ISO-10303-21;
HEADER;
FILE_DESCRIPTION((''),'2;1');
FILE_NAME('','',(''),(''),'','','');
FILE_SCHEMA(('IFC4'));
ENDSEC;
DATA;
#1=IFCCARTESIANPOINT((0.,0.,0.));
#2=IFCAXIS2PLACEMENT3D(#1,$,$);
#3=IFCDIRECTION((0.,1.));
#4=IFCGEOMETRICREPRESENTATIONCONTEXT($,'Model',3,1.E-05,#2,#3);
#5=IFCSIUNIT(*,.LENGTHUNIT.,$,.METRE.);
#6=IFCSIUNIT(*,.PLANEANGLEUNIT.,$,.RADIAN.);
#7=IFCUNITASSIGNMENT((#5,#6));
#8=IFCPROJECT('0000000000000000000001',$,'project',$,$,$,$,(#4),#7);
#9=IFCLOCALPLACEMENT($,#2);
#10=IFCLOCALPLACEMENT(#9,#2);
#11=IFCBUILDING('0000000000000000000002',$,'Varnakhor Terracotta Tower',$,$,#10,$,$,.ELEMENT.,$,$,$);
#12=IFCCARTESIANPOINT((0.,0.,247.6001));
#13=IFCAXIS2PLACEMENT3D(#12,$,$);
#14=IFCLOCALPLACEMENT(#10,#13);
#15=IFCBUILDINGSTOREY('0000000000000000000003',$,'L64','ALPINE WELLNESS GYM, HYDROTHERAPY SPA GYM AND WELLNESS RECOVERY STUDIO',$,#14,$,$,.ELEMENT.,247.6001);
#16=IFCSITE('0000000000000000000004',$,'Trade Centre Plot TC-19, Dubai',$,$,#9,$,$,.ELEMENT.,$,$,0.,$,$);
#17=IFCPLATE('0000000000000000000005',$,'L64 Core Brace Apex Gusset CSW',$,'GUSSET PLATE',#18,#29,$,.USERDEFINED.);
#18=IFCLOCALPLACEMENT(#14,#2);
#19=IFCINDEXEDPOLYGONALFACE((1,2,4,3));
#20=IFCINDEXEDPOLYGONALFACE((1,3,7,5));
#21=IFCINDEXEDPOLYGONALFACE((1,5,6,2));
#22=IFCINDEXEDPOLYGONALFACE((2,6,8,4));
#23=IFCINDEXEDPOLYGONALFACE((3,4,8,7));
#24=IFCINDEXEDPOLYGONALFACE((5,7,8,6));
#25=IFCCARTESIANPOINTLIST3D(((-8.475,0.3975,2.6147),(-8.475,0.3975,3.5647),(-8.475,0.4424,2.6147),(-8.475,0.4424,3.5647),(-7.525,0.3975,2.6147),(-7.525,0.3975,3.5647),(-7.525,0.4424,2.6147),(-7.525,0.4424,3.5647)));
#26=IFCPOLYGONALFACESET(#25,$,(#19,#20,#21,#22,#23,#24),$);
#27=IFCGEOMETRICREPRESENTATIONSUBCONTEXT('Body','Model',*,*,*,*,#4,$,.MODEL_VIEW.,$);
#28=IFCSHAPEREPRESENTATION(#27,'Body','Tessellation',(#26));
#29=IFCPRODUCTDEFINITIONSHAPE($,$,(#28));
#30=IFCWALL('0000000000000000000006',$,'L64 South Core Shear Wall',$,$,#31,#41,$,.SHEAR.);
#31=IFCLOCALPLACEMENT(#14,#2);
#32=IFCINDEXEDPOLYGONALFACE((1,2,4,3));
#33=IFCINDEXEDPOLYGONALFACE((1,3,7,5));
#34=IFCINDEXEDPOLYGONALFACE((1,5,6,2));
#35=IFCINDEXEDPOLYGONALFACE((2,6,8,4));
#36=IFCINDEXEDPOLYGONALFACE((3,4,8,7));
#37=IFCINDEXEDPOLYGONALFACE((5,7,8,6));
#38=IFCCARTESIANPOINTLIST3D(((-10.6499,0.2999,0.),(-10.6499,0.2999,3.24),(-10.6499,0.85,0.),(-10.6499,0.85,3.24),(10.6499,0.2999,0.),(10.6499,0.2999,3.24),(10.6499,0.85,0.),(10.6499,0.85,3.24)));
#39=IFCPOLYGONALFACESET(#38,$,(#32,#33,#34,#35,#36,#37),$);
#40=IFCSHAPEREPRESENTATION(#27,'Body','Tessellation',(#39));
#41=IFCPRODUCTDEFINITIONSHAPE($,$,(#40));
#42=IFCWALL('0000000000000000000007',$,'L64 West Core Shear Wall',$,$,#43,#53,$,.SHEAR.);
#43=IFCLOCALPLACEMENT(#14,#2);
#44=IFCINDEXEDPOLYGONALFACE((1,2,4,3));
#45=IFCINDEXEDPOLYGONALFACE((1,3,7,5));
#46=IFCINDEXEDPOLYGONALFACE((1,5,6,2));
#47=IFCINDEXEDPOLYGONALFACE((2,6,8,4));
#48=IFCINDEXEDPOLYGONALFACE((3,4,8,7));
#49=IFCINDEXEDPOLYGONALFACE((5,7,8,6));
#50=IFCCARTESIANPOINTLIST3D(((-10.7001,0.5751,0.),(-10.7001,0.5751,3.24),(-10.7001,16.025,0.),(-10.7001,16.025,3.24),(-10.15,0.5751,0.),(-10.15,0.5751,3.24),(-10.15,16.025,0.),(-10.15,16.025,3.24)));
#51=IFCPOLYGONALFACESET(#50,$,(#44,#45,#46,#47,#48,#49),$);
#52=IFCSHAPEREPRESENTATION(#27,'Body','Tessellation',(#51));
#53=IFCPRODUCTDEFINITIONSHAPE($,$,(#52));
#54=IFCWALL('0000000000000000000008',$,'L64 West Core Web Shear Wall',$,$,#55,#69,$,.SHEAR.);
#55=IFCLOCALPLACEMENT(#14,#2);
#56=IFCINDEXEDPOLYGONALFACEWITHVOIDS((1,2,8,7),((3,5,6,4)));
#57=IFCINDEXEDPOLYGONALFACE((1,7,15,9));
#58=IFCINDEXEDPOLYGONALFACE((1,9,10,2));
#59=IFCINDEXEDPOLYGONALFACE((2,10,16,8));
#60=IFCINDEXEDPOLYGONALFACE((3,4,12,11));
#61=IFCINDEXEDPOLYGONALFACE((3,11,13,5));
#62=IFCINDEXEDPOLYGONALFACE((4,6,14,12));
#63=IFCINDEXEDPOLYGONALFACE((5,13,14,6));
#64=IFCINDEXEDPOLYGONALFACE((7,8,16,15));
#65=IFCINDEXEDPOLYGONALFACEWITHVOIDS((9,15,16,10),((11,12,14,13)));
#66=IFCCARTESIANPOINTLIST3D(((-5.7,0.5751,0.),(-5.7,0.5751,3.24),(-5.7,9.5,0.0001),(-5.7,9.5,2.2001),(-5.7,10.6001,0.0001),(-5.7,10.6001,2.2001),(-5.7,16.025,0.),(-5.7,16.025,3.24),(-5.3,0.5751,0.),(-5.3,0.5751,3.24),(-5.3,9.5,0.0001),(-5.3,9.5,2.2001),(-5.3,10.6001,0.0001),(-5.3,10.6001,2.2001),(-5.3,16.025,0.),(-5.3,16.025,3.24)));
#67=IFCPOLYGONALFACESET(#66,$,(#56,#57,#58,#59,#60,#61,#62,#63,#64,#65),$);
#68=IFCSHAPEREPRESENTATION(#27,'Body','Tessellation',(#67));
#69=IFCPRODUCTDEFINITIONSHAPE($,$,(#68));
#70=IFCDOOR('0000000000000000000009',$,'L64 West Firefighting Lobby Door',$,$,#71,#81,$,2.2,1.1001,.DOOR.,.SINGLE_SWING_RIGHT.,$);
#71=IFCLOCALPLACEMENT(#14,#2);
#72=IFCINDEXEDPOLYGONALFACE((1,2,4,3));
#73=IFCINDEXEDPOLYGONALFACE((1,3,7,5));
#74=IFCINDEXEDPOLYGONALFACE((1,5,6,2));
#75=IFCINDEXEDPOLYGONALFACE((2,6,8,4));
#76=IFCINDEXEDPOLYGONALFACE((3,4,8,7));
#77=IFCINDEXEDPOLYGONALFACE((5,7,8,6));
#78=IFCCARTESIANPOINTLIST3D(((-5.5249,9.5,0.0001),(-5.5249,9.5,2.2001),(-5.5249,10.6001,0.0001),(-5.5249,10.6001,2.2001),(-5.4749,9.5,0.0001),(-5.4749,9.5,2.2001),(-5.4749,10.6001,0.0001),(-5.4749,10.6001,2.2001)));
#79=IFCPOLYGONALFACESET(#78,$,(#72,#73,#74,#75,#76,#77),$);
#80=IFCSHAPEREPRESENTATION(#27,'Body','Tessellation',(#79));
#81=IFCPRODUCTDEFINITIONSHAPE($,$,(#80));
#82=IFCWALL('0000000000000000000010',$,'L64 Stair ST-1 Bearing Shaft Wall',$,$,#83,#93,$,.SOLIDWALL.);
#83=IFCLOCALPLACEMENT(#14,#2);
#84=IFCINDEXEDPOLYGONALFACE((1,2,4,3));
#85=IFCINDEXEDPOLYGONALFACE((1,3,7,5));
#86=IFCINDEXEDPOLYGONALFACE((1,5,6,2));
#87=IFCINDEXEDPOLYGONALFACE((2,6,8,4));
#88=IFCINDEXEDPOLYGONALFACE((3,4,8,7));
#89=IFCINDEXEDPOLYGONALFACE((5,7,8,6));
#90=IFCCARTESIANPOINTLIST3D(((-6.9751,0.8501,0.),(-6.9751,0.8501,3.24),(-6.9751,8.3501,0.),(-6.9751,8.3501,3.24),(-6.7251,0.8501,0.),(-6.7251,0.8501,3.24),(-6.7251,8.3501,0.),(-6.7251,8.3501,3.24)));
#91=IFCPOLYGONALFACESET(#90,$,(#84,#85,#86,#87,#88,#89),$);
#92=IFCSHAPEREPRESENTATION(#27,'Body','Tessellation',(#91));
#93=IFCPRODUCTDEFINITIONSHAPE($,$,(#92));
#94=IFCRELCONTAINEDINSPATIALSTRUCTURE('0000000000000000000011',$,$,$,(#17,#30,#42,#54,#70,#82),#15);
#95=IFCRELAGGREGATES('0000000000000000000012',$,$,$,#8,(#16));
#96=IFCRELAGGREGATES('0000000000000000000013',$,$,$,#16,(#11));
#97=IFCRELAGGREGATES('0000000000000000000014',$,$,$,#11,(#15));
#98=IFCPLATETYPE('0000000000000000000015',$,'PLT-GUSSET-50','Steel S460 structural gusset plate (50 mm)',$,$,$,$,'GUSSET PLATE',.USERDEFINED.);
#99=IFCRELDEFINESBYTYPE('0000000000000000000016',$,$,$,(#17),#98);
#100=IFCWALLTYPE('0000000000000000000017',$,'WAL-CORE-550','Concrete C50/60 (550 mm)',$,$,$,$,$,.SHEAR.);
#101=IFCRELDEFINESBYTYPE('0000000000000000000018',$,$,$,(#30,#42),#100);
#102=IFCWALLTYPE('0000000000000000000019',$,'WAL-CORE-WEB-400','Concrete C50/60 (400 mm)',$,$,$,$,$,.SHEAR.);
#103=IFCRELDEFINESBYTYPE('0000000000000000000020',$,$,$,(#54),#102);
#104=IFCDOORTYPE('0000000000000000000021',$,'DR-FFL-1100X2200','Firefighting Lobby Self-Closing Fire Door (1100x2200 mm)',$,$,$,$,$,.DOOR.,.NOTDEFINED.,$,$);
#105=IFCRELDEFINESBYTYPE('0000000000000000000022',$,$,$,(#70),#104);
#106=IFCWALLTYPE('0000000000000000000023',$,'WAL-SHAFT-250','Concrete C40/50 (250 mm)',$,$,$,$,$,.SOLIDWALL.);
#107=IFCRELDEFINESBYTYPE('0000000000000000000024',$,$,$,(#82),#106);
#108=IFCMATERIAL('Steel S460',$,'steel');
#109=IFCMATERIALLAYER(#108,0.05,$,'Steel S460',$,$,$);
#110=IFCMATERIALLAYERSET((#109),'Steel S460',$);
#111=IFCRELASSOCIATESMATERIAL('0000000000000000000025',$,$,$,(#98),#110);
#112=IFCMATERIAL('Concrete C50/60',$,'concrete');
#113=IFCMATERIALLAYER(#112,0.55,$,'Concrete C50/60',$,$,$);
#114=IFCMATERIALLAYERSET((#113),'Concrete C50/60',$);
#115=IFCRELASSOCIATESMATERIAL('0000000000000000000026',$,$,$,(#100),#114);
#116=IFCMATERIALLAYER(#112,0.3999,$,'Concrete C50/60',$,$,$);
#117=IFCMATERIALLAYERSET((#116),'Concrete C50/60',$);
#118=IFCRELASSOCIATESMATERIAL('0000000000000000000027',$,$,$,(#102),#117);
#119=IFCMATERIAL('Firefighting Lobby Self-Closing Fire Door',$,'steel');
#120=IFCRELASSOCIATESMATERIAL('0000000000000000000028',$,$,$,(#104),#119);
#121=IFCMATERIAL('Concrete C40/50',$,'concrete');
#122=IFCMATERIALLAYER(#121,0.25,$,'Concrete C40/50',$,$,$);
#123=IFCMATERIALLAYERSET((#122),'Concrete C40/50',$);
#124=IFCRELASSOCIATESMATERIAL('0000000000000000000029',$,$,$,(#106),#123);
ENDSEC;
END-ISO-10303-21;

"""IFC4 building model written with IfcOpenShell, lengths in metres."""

from ifc_helpers import new_model, si_unit, direction, frame, frame_2d, origin, origin_2d, place, context, subcontext, project, spatial, rectangle, extrude, source, transform, mapped, material, layer, layer_set, type_object, type_shapes, element, fill, save


model = new_model("IFC4")

# Units and contexts
model_context = context("Model", 3, precision=1e-05, world=origin(), true_north=direction((0.0, 1.0)))
body_context = subcontext(model_context, "Body", "Model", "MODEL_VIEW")
ifc_project = project(units=[si_unit("LENGTHUNIT", "METRE"), si_unit("PLANEANGLEUNIT", "RADIAN")], contexts=[model_context])

# Site, building, storey
site_placement = place(None, origin())
site = spatial("IfcSite", under=ifc_project, at=site_placement, Name="Trade Centre Plot TC-19, Dubai", CompositionType="ELEMENT", RefElevation=0.0)
building_placement = place(site_placement, origin())
building = spatial("IfcBuilding", under=site, at=building_placement, Name="Varnakhor Terracotta Tower", CompositionType="ELEMENT")
storey_placement = place(building_placement, frame((0.0, 0.0, 247.6001)))
storey = spatial("IfcBuildingStorey", under=building, at=storey_placement, Name="L64", Description="ALPINE WELLNESS GYM, HYDROTHERAPY SPA GYM AND WELLNESS RECOVERY STUDIO", CompositionType="ELEMENT", Elevation=247.6001)

# Shared definitions
ifc_material_1 = material(Name="Concrete C50/60", Category="concrete")

# Plate
ifc_material_2 = material(Name="Steel S460", Category="steel")
ifc_layer_1 = layer(ifc_material_2, 0.05, Name="Steel S460")
ifc_layer_set_1 = layer_set([ifc_layer_1], Name="Steel S460")
plate_type = type_object("IfcPlateType", Name="PLT-GUSSET-50", Description="Steel S460 structural gusset plate (50 mm)", ElementType="GUSSET PLATE", PredefinedType="USERDEFINED", material=ifc_layer_set_1)
shared_shape_1 = source(origin(), body_context, "Body", "SweptSolid", [
    extrude(rectangle(XDim=0.95, YDim=0.0449, at=origin_2d()), origin(), (0.0, 0.0, 1.0), 0.95),
])
plate_placement = place(storey_placement, frame((-8.0, 0.4199, 2.6147), z_axis=(0.0, 0.0, 1.0), x_axis=(1.0, 0.0, 0.0)))
element("IfcPlate", 1, at=plate_placement, inside=storey, type_object=plate_type, Name="L64 Core Brace Apex Gusset CSW", ObjectType="GUSSET PLATE", PredefinedType="USERDEFINED", context=body_context, shape_type="MappedRepresentation", body=[
    mapped(shared_shape_1, transform((0.0, 0.0, 0.0), scale=1.0)),
])

# Walls
ifc_layer_2 = layer(ifc_material_1, 0.55, Name="Concrete C50/60")
ifc_layer_set_2 = layer_set([ifc_layer_2], Name="Concrete C50/60")
wall_type_1 = type_object("IfcWallType", Name="WAL-CORE-550", Description="Concrete C50/60 (550 mm)", PredefinedType="SHEAR", material=ifc_layer_set_2)
wall_1_placement = place(storey_placement, frame((-10.6499, 0.575, 0.0), z_axis=(0.0, 0.0, 1.0), x_axis=(1.0, 0.0, 0.0)))
element("IfcWall", 2, at=wall_1_placement, inside=storey, type_object=wall_type_1, Name="L64 South Core Shear Wall", PredefinedType="SHEAR", context=body_context, shape_type="SweptSolid", body=[
    extrude(rectangle(XDim=21.2998, YDim=0.55, at=frame_2d((10.6499, 0.0))), origin(), (0.0, 0.0, 1.0), 3.24),
])
wall_2_placement = place(storey_placement, frame((-10.425, 0.575, 0.0), z_axis=(0.0, 0.0, 1.0), x_axis=(0.0, 1.0, 0.0)))
element("IfcWall", 3, at=wall_2_placement, inside=storey, type_object=wall_type_1, Name="L64 West Core Shear Wall", PredefinedType="SHEAR", context=body_context, shape_type="SweptSolid", body=[
    extrude(rectangle(XDim=15.45, YDim=0.55, at=frame_2d((7.7251, 0.0))), origin(), (0.0, 0.0, 1.0), 3.24),
])

# Wall, opening, door
ifc_layer_3 = layer(ifc_material_1, 0.3999, Name="Concrete C50/60")
ifc_layer_set_3 = layer_set([ifc_layer_3], Name="Concrete C50/60")
wall_type_2 = type_object("IfcWallType", Name="WAL-CORE-WEB-400", Description="Concrete C50/60 (400 mm)", PredefinedType="SHEAR", material=ifc_layer_set_3)
wall_3_placement = place(storey_placement, frame((-5.5, 0.575, 0.0), z_axis=(0.0, 0.0, 1.0), x_axis=(0.0, 1.0, 0.0)))
wall_3 = element("IfcWall", 4, at=wall_3_placement, inside=storey, type_object=wall_type_2, Name="L64 West Core Web Shear Wall", PredefinedType="SHEAR", context=body_context, shape_type="SweptSolid", body=[
    extrude(rectangle(XDim=15.45, YDim=0.3999, at=frame_2d((7.7251, 0.0))), origin(), (0.0, 0.0, 1.0), 3.24),
])
opening_placement = place(wall_3_placement, frame((8.925, 0.0, 0.0)))
opening = element("IfcOpeningElement", 5, at=opening_placement, cuts=wall_3, PredefinedType="OPENING", context=body_context, shape_type="SweptSolid", body=[
    extrude(rectangle(XDim=1.1001, YDim=2.2, at=frame_2d((0.55, 1.1001))), frame((0.0, 0.21, 0.0), z_axis=(0.0, -1.0, 0.0), x_axis=(1.0, 0.0, 0.0)), (0.0, 0.0, 1.0), 0.4199),
])
ifc_material_3 = material(Name="Firefighting Lobby Self-Closing Fire Door", Category="steel")
door_type = type_object("IfcDoorType", Name="DR-FFL-1100X2200", Description="Firefighting Lobby Self-Closing Fire Door (1100x2200 mm)", OperationType="NOTDEFINED", PredefinedType="DOOR", material=ifc_material_3)
shared_shape_2 = source(origin(), body_context, "Body", "SweptSolid", [
    extrude(rectangle(XDim=1.1001, YDim=2.2, at=frame_2d((0.55, 1.1001))), frame((0.0, 0.0249, 0.0), z_axis=(0.0, -1.0, 0.0), x_axis=(1.0, 0.0, 0.0)), (0.0, 0.0, 1.0), 0.05),
])
type_shapes(door_type, [shared_shape_2])
door_placement = place(opening_placement, origin())
door = element("IfcDoor", 6, at=door_placement, inside=storey, type_object=door_type, Name="L64 West Firefighting Lobby Door", OperationType="SINGLE_SWING_RIGHT", OverallHeight=2.2, OverallWidth=1.1001, PredefinedType="DOOR", context=body_context, shape_type="MappedRepresentation", body=[
    mapped(shared_shape_2, transform((0.0, 0.0, 0.0), scale=1.0)),
])
fill(opening, door)

# Wall
ifc_material_4 = material(Name="Concrete C40/50", Category="concrete")
ifc_layer_4 = layer(ifc_material_4, 0.25, Name="Concrete C40/50")
ifc_layer_set_4 = layer_set([ifc_layer_4], Name="Concrete C40/50")
wall_type_3 = type_object("IfcWallType", Name="WAL-SHAFT-250", Description="Concrete C40/50 (250 mm)", PredefinedType="SOLIDWALL", material=ifc_layer_set_4)
wall_4_placement = place(storey_placement, frame((-6.8501, 0.8501, 0.0), z_axis=(0.0, 0.0, 1.0), x_axis=(0.0, 1.0, 0.0)))
element("IfcWall", 7, at=wall_4_placement, inside=storey, type_object=wall_type_3, Name="L64 Stair ST-1 Bearing Shaft Wall", PredefinedType="SOLIDWALL", context=body_context, shape_type="SweptSolid", body=[
    extrude(rectangle(XDim=7.5, YDim=0.25, at=frame_2d((3.75, 0.0))), origin(), (0.0, 0.0, 1.0), 3.24),
])

save(model, "model.ifc")
